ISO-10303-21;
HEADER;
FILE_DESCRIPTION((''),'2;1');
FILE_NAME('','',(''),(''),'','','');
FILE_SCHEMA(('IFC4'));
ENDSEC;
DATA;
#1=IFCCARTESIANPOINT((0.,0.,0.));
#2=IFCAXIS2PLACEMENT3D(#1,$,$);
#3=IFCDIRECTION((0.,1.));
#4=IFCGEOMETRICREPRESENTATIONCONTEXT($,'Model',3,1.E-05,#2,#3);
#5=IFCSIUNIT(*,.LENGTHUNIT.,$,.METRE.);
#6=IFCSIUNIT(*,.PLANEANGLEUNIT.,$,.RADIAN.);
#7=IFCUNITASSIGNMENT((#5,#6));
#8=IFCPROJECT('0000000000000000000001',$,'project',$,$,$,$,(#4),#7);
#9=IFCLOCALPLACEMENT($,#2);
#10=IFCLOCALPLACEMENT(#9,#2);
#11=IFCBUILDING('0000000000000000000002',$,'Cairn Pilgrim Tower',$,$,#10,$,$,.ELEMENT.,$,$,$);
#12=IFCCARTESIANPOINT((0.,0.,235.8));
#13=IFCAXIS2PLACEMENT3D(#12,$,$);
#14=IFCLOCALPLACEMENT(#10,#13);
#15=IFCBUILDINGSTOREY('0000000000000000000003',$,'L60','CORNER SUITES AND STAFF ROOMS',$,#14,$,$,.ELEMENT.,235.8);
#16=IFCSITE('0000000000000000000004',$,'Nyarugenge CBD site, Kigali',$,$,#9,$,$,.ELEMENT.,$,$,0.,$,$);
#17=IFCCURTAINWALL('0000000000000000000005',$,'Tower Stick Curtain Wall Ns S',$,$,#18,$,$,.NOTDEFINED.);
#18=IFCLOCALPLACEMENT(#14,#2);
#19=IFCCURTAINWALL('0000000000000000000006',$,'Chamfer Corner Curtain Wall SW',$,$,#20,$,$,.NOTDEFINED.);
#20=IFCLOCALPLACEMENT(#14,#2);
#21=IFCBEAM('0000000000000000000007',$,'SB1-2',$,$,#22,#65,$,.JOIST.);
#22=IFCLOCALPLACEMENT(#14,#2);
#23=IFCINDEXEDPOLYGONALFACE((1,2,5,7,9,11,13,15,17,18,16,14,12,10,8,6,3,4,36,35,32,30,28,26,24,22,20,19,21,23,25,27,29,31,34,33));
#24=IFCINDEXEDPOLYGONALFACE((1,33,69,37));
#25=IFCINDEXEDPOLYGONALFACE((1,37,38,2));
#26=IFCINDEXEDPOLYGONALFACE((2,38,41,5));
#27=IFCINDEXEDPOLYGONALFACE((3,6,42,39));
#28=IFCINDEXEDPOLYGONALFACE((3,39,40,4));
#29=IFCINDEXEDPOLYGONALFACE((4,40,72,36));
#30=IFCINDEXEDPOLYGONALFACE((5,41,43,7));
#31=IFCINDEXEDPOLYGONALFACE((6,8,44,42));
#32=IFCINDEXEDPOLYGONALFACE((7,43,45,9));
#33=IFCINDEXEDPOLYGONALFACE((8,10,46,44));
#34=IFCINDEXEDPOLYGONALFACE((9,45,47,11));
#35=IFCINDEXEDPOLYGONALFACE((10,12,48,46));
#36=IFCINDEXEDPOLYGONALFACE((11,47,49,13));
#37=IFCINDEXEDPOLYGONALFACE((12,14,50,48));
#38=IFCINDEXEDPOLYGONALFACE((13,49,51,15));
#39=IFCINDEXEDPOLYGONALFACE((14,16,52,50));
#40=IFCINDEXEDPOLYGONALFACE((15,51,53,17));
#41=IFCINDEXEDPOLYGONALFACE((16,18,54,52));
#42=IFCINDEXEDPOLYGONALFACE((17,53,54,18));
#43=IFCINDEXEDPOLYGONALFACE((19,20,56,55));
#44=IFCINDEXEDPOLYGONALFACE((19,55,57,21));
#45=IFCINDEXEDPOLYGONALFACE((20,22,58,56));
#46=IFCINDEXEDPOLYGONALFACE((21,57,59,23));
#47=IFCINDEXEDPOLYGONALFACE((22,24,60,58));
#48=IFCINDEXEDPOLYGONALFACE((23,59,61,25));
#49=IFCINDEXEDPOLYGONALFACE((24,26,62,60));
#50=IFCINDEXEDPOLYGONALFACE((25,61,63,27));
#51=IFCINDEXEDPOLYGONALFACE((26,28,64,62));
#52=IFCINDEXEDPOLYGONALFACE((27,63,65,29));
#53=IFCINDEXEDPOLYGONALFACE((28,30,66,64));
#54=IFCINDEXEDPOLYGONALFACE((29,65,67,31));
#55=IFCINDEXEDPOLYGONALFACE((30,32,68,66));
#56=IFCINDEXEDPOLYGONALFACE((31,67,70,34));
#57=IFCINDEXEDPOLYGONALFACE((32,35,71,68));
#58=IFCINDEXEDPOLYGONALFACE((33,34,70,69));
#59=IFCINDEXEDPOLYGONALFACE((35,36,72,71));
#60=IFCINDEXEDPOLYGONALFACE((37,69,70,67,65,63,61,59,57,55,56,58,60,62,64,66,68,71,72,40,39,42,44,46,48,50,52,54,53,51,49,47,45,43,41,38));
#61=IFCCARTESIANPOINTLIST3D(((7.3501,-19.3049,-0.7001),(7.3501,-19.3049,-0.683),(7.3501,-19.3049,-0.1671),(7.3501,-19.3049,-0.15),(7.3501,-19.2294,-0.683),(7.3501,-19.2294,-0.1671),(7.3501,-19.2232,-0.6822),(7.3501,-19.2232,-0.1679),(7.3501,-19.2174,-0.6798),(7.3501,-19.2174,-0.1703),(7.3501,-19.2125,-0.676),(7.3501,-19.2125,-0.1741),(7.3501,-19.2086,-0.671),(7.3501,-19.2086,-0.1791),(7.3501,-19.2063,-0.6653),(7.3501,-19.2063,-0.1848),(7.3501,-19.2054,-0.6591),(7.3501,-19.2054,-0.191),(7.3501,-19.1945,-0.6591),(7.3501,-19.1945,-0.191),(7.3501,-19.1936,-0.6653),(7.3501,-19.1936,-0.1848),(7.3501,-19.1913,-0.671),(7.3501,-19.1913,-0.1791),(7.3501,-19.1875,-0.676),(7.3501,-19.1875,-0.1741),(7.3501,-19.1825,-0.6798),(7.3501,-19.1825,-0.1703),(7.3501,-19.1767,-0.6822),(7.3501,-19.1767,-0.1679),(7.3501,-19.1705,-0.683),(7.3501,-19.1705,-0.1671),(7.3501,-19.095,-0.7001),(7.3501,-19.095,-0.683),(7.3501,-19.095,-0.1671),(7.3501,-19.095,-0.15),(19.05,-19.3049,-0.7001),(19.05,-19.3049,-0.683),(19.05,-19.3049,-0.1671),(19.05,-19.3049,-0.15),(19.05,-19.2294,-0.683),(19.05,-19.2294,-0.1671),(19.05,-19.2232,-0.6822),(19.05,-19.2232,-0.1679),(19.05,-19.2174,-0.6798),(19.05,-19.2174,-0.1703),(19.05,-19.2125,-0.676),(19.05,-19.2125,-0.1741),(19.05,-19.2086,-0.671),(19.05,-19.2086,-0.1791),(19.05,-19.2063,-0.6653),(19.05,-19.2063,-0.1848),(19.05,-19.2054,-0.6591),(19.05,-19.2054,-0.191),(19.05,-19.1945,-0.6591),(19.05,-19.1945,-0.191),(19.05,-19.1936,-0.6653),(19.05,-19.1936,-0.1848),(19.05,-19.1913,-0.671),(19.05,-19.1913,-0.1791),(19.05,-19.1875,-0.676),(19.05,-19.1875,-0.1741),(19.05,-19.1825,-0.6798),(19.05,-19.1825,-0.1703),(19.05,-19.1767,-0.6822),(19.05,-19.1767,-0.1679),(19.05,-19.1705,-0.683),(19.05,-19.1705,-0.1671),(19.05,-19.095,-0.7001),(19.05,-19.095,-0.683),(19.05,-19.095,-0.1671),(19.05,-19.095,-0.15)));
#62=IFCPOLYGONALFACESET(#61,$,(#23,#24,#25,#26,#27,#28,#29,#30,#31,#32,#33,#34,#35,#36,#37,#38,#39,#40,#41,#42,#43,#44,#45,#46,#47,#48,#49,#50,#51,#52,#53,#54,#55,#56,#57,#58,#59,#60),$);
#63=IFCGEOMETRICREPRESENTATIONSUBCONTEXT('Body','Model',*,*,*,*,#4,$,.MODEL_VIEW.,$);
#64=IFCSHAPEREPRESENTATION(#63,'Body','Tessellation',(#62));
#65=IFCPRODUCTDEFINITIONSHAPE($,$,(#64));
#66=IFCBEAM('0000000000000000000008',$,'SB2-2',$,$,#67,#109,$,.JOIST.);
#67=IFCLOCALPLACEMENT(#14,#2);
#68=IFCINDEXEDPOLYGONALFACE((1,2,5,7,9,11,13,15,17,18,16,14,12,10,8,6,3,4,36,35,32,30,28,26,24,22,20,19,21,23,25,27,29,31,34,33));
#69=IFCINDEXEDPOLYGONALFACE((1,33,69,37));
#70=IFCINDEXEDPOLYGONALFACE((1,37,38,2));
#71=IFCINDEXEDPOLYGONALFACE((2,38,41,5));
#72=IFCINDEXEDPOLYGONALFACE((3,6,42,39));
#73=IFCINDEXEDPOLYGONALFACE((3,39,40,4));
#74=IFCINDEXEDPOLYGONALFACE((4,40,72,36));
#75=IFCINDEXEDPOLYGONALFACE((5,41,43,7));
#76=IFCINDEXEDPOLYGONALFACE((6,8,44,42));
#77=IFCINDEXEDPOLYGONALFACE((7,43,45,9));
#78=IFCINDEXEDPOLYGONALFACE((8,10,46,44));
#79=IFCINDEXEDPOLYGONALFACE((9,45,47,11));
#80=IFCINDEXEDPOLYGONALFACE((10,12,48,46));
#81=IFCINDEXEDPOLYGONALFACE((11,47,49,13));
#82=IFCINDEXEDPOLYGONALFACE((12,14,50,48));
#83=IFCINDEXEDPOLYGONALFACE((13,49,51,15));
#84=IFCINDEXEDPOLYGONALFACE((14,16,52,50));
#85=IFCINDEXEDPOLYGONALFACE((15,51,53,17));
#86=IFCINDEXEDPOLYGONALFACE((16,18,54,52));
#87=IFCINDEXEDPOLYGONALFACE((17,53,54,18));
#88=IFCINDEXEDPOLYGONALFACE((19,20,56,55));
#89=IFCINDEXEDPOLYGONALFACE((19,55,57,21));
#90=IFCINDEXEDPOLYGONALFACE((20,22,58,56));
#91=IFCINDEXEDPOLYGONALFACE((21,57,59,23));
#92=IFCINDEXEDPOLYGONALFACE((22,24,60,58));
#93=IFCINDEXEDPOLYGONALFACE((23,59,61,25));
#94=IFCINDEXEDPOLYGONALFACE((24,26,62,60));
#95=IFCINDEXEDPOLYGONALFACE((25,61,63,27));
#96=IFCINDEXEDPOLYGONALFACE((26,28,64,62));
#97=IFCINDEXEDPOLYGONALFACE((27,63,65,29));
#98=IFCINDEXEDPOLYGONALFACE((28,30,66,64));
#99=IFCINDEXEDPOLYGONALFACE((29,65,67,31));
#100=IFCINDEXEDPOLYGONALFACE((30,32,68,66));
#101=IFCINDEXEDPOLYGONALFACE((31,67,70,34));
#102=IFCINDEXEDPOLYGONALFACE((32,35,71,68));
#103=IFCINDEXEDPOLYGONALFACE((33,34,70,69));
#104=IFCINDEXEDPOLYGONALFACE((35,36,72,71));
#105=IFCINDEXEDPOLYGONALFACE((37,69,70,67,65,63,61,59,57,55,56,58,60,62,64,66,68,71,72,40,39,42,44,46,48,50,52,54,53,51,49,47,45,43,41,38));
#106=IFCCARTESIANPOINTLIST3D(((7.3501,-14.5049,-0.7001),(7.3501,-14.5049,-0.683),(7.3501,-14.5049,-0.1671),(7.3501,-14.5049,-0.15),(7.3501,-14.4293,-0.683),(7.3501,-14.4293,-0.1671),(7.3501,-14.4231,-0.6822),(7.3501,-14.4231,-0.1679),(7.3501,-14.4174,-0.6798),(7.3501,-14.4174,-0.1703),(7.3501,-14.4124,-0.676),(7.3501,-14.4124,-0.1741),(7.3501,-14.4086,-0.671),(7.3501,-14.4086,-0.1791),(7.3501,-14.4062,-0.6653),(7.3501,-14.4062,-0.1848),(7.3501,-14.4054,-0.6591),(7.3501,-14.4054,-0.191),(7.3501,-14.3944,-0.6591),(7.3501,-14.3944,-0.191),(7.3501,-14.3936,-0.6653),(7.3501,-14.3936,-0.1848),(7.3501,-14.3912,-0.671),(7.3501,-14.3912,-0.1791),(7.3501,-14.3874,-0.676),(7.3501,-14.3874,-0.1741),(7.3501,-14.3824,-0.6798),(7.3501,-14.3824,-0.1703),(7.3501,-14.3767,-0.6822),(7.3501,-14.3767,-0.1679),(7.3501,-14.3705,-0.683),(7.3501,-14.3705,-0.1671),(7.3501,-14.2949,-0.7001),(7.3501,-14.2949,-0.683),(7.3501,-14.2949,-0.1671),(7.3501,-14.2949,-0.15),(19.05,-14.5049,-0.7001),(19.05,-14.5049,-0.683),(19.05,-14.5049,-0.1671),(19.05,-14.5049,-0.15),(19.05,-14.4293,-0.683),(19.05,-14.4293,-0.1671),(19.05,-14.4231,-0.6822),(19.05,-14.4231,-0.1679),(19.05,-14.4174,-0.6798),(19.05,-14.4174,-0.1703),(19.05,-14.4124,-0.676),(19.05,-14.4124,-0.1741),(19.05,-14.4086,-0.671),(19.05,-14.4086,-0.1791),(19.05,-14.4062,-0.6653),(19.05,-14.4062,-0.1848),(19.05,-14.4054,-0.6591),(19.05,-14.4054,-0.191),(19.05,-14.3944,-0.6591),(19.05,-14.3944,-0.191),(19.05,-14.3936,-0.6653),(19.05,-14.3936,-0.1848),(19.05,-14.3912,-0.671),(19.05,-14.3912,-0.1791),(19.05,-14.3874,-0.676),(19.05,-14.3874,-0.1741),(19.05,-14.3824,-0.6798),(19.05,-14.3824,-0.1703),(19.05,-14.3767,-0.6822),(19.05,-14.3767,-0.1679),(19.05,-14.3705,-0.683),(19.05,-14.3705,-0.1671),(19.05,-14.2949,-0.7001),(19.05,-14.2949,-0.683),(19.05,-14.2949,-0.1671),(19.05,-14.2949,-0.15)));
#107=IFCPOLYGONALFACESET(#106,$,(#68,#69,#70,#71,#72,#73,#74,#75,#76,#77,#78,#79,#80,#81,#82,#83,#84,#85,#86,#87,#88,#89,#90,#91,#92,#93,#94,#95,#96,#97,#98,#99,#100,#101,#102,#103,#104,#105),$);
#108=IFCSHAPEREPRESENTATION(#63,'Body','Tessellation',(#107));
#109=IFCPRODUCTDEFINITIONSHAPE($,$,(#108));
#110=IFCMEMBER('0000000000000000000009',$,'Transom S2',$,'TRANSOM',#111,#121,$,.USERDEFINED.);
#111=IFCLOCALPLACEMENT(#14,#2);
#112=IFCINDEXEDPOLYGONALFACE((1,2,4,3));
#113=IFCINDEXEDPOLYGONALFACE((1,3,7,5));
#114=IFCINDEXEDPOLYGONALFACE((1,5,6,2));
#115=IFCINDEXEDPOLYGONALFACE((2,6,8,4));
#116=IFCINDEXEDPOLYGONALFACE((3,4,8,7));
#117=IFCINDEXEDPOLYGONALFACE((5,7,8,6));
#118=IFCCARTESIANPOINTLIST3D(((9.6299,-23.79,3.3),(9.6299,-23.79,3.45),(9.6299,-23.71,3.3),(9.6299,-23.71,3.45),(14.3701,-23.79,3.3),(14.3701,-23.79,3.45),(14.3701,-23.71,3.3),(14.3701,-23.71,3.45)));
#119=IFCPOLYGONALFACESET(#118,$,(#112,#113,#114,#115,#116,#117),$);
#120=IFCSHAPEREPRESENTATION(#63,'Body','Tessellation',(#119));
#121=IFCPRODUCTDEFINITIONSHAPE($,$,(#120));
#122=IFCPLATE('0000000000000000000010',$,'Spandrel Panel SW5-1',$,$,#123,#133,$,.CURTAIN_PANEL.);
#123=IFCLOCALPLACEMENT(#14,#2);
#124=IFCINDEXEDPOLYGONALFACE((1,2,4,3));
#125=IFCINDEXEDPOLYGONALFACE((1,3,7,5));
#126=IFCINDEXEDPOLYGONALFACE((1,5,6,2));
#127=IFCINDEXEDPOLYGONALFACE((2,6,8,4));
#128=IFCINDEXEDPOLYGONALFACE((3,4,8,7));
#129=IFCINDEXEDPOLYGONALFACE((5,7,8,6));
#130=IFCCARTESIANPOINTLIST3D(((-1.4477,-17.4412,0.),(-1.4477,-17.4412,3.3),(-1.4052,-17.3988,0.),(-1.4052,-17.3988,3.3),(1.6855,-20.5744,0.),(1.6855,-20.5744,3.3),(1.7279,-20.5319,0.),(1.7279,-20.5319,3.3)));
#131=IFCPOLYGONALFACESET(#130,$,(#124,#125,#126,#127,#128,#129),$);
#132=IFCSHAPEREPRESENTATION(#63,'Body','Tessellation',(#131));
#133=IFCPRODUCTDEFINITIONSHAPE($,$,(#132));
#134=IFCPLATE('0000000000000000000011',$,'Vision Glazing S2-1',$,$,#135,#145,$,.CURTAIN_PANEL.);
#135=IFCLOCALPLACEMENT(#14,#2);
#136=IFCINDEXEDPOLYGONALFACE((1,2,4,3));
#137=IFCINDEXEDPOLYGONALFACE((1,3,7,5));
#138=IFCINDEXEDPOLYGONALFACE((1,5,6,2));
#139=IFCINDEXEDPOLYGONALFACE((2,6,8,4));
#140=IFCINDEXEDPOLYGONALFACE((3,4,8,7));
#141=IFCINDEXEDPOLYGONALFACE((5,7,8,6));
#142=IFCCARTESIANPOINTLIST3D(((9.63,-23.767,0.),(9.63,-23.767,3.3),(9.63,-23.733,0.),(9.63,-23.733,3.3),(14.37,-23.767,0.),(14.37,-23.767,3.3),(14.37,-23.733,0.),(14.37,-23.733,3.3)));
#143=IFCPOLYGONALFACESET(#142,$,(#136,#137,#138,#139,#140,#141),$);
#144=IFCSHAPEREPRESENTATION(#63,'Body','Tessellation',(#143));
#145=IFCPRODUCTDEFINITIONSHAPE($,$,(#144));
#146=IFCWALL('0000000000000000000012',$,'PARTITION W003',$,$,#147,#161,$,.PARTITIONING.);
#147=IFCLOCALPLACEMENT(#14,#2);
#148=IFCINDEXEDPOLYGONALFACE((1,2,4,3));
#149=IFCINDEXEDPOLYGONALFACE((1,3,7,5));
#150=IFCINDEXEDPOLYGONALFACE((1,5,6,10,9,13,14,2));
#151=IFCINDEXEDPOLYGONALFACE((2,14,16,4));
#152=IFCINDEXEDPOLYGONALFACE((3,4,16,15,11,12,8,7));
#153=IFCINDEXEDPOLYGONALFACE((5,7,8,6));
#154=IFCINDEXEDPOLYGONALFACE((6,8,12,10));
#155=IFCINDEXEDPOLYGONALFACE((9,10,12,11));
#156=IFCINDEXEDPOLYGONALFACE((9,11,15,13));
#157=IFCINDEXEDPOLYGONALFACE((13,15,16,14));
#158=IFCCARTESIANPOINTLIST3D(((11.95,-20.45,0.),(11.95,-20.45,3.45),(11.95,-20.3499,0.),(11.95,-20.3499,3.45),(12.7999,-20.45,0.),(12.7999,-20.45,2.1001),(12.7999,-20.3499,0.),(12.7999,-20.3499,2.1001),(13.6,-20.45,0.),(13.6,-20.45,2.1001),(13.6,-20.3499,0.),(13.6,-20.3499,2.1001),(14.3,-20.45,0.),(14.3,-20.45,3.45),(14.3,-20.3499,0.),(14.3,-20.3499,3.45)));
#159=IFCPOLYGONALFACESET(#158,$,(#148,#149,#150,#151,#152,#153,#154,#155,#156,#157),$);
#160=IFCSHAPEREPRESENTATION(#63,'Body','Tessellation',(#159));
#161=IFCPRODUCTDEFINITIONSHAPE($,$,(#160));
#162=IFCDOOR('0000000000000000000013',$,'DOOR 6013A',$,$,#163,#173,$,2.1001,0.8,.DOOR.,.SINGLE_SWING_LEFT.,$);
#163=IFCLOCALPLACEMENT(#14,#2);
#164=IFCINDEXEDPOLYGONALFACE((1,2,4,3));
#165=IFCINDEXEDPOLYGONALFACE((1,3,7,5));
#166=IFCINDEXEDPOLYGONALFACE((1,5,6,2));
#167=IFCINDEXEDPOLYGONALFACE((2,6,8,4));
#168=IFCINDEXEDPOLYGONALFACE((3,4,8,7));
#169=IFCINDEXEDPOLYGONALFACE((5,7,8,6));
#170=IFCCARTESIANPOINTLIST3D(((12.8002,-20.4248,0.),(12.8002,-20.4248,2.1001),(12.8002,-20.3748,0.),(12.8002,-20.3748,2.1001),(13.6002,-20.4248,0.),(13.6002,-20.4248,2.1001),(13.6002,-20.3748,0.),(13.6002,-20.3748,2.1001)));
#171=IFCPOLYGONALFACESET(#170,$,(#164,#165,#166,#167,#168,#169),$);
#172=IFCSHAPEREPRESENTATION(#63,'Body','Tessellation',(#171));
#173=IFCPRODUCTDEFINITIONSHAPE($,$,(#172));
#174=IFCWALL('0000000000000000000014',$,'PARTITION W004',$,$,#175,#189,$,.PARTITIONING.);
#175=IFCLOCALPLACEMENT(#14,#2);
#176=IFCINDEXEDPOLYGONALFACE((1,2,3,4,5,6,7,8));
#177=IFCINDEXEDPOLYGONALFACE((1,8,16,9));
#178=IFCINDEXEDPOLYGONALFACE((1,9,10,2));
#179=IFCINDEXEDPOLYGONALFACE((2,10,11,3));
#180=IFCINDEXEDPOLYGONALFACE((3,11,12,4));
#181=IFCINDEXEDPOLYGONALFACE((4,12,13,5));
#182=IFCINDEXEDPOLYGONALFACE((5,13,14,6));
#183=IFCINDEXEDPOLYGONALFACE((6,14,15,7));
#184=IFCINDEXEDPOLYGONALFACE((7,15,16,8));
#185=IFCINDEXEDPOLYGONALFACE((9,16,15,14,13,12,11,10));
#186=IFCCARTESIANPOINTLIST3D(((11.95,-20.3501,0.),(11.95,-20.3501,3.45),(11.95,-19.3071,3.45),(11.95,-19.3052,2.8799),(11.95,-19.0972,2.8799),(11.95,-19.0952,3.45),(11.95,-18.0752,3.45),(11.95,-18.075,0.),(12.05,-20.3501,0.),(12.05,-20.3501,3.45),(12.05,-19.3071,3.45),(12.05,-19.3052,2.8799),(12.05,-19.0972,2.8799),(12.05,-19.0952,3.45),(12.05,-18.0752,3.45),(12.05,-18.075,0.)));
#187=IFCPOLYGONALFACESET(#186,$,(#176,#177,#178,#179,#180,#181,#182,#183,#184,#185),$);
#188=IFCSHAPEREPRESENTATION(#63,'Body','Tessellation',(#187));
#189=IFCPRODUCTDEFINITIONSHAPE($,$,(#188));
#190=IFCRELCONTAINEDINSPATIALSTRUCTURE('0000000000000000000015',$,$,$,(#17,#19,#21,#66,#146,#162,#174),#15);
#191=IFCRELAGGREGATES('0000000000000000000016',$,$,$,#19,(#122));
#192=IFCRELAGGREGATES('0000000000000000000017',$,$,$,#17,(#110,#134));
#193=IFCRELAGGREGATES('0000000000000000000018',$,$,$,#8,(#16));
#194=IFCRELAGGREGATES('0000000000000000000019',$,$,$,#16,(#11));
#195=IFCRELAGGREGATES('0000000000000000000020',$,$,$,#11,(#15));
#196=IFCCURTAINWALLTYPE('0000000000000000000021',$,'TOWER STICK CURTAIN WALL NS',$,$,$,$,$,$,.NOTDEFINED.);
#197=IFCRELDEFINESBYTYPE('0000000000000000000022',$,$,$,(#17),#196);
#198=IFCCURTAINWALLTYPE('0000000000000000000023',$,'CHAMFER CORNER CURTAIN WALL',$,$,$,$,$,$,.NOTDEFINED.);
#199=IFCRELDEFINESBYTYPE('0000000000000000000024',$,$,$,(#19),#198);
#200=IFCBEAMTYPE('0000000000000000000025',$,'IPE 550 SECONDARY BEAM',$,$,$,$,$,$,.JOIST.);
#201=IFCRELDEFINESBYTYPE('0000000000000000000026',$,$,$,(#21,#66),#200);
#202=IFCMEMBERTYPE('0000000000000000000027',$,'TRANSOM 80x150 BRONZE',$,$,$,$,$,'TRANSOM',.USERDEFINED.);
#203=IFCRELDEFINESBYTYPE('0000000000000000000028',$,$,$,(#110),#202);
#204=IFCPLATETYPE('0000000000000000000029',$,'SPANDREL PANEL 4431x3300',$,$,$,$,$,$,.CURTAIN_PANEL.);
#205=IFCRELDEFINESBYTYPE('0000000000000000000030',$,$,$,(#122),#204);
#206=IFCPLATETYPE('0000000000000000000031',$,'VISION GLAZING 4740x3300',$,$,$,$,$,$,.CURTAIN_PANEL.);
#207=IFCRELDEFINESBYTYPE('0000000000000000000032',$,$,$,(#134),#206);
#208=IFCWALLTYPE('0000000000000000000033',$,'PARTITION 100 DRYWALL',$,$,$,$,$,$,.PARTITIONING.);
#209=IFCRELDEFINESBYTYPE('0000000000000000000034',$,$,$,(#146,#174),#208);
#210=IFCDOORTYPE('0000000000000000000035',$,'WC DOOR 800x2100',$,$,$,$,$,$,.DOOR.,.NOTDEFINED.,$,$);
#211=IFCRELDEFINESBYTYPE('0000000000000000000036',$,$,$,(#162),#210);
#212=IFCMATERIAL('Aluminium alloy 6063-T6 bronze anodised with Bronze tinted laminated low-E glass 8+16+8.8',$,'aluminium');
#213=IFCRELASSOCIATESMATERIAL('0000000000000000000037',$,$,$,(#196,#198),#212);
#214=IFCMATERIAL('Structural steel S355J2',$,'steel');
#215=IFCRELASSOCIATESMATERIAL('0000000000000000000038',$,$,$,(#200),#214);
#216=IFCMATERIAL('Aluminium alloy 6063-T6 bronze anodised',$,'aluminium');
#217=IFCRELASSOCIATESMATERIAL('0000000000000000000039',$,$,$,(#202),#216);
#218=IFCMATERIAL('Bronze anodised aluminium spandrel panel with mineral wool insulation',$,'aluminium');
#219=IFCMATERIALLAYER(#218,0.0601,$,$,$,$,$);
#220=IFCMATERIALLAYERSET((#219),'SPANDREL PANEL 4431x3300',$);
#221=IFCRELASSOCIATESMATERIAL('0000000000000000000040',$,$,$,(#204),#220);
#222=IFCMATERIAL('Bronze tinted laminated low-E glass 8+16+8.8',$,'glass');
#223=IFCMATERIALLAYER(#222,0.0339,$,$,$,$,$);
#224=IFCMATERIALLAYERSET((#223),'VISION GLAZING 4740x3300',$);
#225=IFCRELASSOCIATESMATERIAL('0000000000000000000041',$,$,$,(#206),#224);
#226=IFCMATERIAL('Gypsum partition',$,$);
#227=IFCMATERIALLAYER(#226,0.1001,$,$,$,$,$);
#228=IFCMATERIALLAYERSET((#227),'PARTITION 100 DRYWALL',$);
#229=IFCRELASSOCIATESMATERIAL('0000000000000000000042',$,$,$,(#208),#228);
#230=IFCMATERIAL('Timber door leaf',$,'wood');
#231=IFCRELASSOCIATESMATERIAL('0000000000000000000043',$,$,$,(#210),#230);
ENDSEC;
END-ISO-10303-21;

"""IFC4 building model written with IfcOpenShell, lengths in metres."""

from ifc_helpers import new_model, si_unit, direction, frame, frame_2d, origin, origin_2d, place, context, subcontext, project, spatial, polyline, rectangle, i_section, outline, extrude, material, layer, layer_set, material_profile, profile_set, type_object, element, fill, aggregate, save


model = new_model("IFC4")

# Units and contexts
model_context = context("Model", 3, precision=1e-05, world=origin(), true_north=direction((0.0, 1.0)))
body_context = subcontext(model_context, "Body", "Model", "MODEL_VIEW")
ifc_project = project(units=[si_unit("LENGTHUNIT", "METRE"), si_unit("PLANEANGLEUNIT", "RADIAN")], contexts=[model_context])

# Site, building, storey
site_placement = place(None, origin())
site = spatial("IfcSite", under=ifc_project, at=site_placement, Name="Nyarugenge CBD site, Kigali", CompositionType="ELEMENT", RefElevation=0.0)
building_placement = place(site_placement, origin())
building = spatial("IfcBuilding", under=site, at=building_placement, Name="Cairn Pilgrim Tower", CompositionType="ELEMENT")
storey_placement = place(building_placement, frame((0.0, 0.0, 235.8)))
storey = spatial("IfcBuildingStorey", under=building, at=storey_placement, Name="L60", Description="CORNER SUITES AND STAFF ROOMS", CompositionType="ELEMENT", Elevation=235.8)

# Curtain wall
ifc_material_1 = material(Name="Aluminium alloy 6063-T6 bronze anodised with Bronze tinted laminated low-E glass 8+16+8.8", Category="aluminium")
curtain_wall_type_1 = type_object("IfcCurtainWallType", Name="TOWER STICK CURTAIN WALL NS", PredefinedType="NOTDEFINED", material=ifc_material_1)
curtain_wall_1_placement = place(storey_placement, origin())
curtain_wall_1 = element("IfcCurtainWall", 1, at=curtain_wall_1_placement, inside=storey, type_object=curtain_wall_type_1, Name="Tower Stick Curtain Wall Ns S", PredefinedType="NOTDEFINED")
ifc_material_2 = material(Name="Aluminium alloy 6063-T6 bronze anodised", Category="aluminium")

# Curtain wall
curtain_wall_type_2 = type_object("IfcCurtainWallType", Name="CHAMFER CORNER CURTAIN WALL", PredefinedType="NOTDEFINED", material=ifc_material_1)
curtain_wall_2_placement = place(storey_placement, origin())
curtain_wall_2 = element("IfcCurtainWall", 2, at=curtain_wall_2_placement, inside=storey, type_object=curtain_wall_type_2, Name="Chamfer Corner Curtain Wall SW", PredefinedType="NOTDEFINED")

# Beams
ifc_material_3 = material(Name="Structural steel S355J2", Category="steel")
ifc_material_profile_1 = material_profile(ifc_material_3, i_section(OverallWidth=0.21, OverallDepth=0.55, WebThickness=0.011, FlangeThickness=0.0171, FilletRadius=0.0239, at=origin_2d()), Name="IPE 550")
ifc_profile_set_1 = profile_set([ifc_material_profile_1], Name="Structural steel S355J2")
beam_type_1 = type_object("IfcBeamType", Name="IPE 550 SECONDARY BEAM", PredefinedType="JOIST", material=ifc_profile_set_1)
for number, where, z_axis, x_axis, name in (
    (3, (7.3501, -19.2, -0.425), (1.0, 0.0, 0.0), (0.0, 1.0, 0.0), "SB1-2"),
    (4, (7.3501, -14.3999, -0.425), (1.0, 0.0, 0.0), (0.0, 1.0, 0.0), "SB2-2"),
):
    element("IfcBeam", number, at=place(storey_placement, frame(where, z_axis=z_axis, x_axis=x_axis)), inside=storey, type_object=beam_type_1, Name=name, PredefinedType="JOIST", context=body_context, shape_type="SweptSolid", body=[
        extrude(i_section(OverallWidth=0.21, OverallDepth=0.55, WebThickness=0.011, FlangeThickness=0.0171, FilletRadius=0.0239, at=origin_2d()), origin(), (0.0, 0.0, 1.0), 11.7),
    ])

# Member
ifc_material_profile_2 = material_profile(ifc_material_2, rectangle(XDim=0.0801, YDim=0.1499, at=origin_2d()), Name="TRANSOM 80x150 BRONZE")
ifc_profile_set_2 = profile_set([ifc_material_profile_2], Name="Aluminium alloy 6063-T6 bronze anodised")
member_type_1 = type_object("IfcMemberType", Name="TRANSOM 80x150 BRONZE", ElementType="TRANSOM", PredefinedType="USERDEFINED", material=ifc_profile_set_2)
member_1_placement = place(storey_placement, frame((9.6299, -23.75, 3.375), z_axis=(1.0, 0.0, 0.0), x_axis=(0.0, 1.0, 0.0)))
member_1 = element("IfcMember", 5, at=member_1_placement, type_object=member_type_1, Name="Transom S2", ObjectType="TRANSOM", PredefinedType="USERDEFINED", context=body_context, shape_type="SweptSolid", body=[
    extrude(rectangle(XDim=0.0801, YDim=0.1499, at=origin_2d()), origin(), (0.0, 0.0, 1.0), 4.7402),
])

# Plates
ifc_material_4 = material(Name="Bronze anodised aluminium spandrel panel with mineral wool insulation", Category="aluminium")
ifc_layer_1 = layer(ifc_material_4, 0.0601)
ifc_layer_set_1 = layer_set([ifc_layer_1], Name="SPANDREL PANEL 4431x3300")
plate_type_1 = type_object("IfcPlateType", Name="SPANDREL PANEL 4431x3300", PredefinedType="CURTAIN_PANEL", material=ifc_layer_set_1)
plate_1_placement = place(storey_placement, frame((0.1401, -18.9866, 0.0), z_axis=(0.0, 0.0, 1.0), x_axis=(0.707107, -0.707107, 0.0)))
plate_1 = element("IfcPlate", 6, at=plate_1_placement, type_object=plate_type_1, Name="Spandrel Panel SW5-1", PredefinedType="CURTAIN_PANEL", context=body_context, shape_type="SweptSolid", body=[
    extrude(rectangle(XDim=4.4309, YDim=0.0601, at=origin_2d()), origin(), (0.0, 0.0, 1.0), 3.3),
])
aggregate(curtain_wall_2, [plate_1])
ifc_material_5 = material(Name="Bronze tinted laminated low-E glass 8+16+8.8", Category="glass")
ifc_layer_2 = layer(ifc_material_5, 0.0339)
ifc_layer_set_2 = layer_set([ifc_layer_2], Name="VISION GLAZING 4740x3300")
plate_type_2 = type_object("IfcPlateType", Name="VISION GLAZING 4740x3300", PredefinedType="CURTAIN_PANEL", material=ifc_layer_set_2)
plate_2_placement = place(storey_placement, frame((12.0, -23.75, 0.0), z_axis=(0.0, 0.0, 1.0), x_axis=(1.0, 0.0, 0.0)))
plate_2 = element("IfcPlate", 7, at=plate_2_placement, type_object=plate_type_2, Name="Vision Glazing S2-1", PredefinedType="CURTAIN_PANEL", context=body_context, shape_type="SweptSolid", body=[
    extrude(rectangle(XDim=4.74, YDim=0.0339, at=origin_2d()), origin(), (0.0, 0.0, 1.0), 3.3),
])
aggregate(curtain_wall_1, [member_1, plate_2])

# Wall, opening, door
ifc_material_6 = material(Name="Gypsum partition")
ifc_layer_3 = layer(ifc_material_6, 0.1001)
ifc_layer_set_3 = layer_set([ifc_layer_3], Name="PARTITION 100 DRYWALL")
wall_type_1 = type_object("IfcWallType", Name="PARTITION 100 DRYWALL", PredefinedType="PARTITIONING", material=ifc_layer_set_3)
wall_1_placement = place(storey_placement, frame((11.95, -20.3999, 0.0), z_axis=(0.0, 0.0, 1.0), x_axis=(1.0, 0.0, 0.0)))
wall_1 = element("IfcWall", 8, at=wall_1_placement, inside=storey, type_object=wall_type_1, Name="PARTITION W003", PredefinedType="PARTITIONING", context=body_context, shape_type="SweptSolid", body=[
    extrude(rectangle(XDim=2.3501, YDim=0.1001, at=frame_2d((1.175, 0.0))), origin(), (0.0, 0.0, 1.0), 3.45),
])
opening_1_placement = place(wall_1_placement, frame((0.8501, 0.0, 0.0)))
opening_1 = element("IfcOpeningElement", 9, at=opening_1_placement, cuts=wall_1, PredefinedType="OPENING", context=body_context, shape_type="SweptSolid", body=[
    extrude(rectangle(XDim=0.8, YDim=2.1001, at=frame_2d((0.3999, 1.05))), frame((0.0, 0.0601, 0.0), z_axis=(0.0, -1.0, 0.0), x_axis=(1.0, 0.0, 0.0)), (0.0, 0.0, 1.0), 0.1201),
])
ifc_material_7 = material(Name="Timber door leaf", Category="wood")
door_type_1 = type_object("IfcDoorType", Name="WC DOOR 800x2100", OperationType="NOTDEFINED", PredefinedType="DOOR", material=ifc_material_7)
door_1_placement = place(opening_1_placement, frame((0.8, 0.0, 0.0), z_axis=(0.0, 0.0, 1.0), x_axis=(-1.0, 0.0, 0.0)))
door_1 = element("IfcDoor", 10, at=door_1_placement, inside=storey, type_object=door_type_1, Name="DOOR 6013A", OperationType="SINGLE_SWING_LEFT", OverallHeight=2.1001, OverallWidth=0.8, PredefinedType="DOOR", context=body_context, shape_type="SweptSolid", body=[
    extrude(rectangle(XDim=0.8, YDim=2.1001, at=frame_2d((0.3999, 1.05))), frame((0.0, 0.0249, 0.0), z_axis=(0.0, -1.0, 0.0), x_axis=(1.0, 0.0, 0.0)), (0.0, 0.0, 1.0), 0.05),
])
fill(opening_1, door_1)

# Wall
wall_2_placement = place(storey_placement, frame((12.0, -20.3501, 0.0), z_axis=(0.0, 0.0, 1.0), x_axis=(0.0, 1.0, 0.0)))
element("IfcWall", 11, at=wall_2_placement, inside=storey, type_object=wall_type_1, Name="PARTITION W004", PredefinedType="PARTITIONING", context=body_context, shape_type="SweptSolid", body=[
    extrude(outline(polyline([(0.0, 0.0), (2.2751, 0.0), (2.2749, 3.45), (1.2549, 3.45), (1.2529, 2.8799), (1.0449, 2.8799), (1.043, 3.45), (0.0, 3.45), (0.0, 0.0)])), frame((0.0, 0.05, 0.0), z_axis=(0.0, -1.0, 0.0), x_axis=(1.0, 0.0, 0.0)), (0.0, 0.0, 1.0), 0.1001),
])

save(model, "model.ifc")
